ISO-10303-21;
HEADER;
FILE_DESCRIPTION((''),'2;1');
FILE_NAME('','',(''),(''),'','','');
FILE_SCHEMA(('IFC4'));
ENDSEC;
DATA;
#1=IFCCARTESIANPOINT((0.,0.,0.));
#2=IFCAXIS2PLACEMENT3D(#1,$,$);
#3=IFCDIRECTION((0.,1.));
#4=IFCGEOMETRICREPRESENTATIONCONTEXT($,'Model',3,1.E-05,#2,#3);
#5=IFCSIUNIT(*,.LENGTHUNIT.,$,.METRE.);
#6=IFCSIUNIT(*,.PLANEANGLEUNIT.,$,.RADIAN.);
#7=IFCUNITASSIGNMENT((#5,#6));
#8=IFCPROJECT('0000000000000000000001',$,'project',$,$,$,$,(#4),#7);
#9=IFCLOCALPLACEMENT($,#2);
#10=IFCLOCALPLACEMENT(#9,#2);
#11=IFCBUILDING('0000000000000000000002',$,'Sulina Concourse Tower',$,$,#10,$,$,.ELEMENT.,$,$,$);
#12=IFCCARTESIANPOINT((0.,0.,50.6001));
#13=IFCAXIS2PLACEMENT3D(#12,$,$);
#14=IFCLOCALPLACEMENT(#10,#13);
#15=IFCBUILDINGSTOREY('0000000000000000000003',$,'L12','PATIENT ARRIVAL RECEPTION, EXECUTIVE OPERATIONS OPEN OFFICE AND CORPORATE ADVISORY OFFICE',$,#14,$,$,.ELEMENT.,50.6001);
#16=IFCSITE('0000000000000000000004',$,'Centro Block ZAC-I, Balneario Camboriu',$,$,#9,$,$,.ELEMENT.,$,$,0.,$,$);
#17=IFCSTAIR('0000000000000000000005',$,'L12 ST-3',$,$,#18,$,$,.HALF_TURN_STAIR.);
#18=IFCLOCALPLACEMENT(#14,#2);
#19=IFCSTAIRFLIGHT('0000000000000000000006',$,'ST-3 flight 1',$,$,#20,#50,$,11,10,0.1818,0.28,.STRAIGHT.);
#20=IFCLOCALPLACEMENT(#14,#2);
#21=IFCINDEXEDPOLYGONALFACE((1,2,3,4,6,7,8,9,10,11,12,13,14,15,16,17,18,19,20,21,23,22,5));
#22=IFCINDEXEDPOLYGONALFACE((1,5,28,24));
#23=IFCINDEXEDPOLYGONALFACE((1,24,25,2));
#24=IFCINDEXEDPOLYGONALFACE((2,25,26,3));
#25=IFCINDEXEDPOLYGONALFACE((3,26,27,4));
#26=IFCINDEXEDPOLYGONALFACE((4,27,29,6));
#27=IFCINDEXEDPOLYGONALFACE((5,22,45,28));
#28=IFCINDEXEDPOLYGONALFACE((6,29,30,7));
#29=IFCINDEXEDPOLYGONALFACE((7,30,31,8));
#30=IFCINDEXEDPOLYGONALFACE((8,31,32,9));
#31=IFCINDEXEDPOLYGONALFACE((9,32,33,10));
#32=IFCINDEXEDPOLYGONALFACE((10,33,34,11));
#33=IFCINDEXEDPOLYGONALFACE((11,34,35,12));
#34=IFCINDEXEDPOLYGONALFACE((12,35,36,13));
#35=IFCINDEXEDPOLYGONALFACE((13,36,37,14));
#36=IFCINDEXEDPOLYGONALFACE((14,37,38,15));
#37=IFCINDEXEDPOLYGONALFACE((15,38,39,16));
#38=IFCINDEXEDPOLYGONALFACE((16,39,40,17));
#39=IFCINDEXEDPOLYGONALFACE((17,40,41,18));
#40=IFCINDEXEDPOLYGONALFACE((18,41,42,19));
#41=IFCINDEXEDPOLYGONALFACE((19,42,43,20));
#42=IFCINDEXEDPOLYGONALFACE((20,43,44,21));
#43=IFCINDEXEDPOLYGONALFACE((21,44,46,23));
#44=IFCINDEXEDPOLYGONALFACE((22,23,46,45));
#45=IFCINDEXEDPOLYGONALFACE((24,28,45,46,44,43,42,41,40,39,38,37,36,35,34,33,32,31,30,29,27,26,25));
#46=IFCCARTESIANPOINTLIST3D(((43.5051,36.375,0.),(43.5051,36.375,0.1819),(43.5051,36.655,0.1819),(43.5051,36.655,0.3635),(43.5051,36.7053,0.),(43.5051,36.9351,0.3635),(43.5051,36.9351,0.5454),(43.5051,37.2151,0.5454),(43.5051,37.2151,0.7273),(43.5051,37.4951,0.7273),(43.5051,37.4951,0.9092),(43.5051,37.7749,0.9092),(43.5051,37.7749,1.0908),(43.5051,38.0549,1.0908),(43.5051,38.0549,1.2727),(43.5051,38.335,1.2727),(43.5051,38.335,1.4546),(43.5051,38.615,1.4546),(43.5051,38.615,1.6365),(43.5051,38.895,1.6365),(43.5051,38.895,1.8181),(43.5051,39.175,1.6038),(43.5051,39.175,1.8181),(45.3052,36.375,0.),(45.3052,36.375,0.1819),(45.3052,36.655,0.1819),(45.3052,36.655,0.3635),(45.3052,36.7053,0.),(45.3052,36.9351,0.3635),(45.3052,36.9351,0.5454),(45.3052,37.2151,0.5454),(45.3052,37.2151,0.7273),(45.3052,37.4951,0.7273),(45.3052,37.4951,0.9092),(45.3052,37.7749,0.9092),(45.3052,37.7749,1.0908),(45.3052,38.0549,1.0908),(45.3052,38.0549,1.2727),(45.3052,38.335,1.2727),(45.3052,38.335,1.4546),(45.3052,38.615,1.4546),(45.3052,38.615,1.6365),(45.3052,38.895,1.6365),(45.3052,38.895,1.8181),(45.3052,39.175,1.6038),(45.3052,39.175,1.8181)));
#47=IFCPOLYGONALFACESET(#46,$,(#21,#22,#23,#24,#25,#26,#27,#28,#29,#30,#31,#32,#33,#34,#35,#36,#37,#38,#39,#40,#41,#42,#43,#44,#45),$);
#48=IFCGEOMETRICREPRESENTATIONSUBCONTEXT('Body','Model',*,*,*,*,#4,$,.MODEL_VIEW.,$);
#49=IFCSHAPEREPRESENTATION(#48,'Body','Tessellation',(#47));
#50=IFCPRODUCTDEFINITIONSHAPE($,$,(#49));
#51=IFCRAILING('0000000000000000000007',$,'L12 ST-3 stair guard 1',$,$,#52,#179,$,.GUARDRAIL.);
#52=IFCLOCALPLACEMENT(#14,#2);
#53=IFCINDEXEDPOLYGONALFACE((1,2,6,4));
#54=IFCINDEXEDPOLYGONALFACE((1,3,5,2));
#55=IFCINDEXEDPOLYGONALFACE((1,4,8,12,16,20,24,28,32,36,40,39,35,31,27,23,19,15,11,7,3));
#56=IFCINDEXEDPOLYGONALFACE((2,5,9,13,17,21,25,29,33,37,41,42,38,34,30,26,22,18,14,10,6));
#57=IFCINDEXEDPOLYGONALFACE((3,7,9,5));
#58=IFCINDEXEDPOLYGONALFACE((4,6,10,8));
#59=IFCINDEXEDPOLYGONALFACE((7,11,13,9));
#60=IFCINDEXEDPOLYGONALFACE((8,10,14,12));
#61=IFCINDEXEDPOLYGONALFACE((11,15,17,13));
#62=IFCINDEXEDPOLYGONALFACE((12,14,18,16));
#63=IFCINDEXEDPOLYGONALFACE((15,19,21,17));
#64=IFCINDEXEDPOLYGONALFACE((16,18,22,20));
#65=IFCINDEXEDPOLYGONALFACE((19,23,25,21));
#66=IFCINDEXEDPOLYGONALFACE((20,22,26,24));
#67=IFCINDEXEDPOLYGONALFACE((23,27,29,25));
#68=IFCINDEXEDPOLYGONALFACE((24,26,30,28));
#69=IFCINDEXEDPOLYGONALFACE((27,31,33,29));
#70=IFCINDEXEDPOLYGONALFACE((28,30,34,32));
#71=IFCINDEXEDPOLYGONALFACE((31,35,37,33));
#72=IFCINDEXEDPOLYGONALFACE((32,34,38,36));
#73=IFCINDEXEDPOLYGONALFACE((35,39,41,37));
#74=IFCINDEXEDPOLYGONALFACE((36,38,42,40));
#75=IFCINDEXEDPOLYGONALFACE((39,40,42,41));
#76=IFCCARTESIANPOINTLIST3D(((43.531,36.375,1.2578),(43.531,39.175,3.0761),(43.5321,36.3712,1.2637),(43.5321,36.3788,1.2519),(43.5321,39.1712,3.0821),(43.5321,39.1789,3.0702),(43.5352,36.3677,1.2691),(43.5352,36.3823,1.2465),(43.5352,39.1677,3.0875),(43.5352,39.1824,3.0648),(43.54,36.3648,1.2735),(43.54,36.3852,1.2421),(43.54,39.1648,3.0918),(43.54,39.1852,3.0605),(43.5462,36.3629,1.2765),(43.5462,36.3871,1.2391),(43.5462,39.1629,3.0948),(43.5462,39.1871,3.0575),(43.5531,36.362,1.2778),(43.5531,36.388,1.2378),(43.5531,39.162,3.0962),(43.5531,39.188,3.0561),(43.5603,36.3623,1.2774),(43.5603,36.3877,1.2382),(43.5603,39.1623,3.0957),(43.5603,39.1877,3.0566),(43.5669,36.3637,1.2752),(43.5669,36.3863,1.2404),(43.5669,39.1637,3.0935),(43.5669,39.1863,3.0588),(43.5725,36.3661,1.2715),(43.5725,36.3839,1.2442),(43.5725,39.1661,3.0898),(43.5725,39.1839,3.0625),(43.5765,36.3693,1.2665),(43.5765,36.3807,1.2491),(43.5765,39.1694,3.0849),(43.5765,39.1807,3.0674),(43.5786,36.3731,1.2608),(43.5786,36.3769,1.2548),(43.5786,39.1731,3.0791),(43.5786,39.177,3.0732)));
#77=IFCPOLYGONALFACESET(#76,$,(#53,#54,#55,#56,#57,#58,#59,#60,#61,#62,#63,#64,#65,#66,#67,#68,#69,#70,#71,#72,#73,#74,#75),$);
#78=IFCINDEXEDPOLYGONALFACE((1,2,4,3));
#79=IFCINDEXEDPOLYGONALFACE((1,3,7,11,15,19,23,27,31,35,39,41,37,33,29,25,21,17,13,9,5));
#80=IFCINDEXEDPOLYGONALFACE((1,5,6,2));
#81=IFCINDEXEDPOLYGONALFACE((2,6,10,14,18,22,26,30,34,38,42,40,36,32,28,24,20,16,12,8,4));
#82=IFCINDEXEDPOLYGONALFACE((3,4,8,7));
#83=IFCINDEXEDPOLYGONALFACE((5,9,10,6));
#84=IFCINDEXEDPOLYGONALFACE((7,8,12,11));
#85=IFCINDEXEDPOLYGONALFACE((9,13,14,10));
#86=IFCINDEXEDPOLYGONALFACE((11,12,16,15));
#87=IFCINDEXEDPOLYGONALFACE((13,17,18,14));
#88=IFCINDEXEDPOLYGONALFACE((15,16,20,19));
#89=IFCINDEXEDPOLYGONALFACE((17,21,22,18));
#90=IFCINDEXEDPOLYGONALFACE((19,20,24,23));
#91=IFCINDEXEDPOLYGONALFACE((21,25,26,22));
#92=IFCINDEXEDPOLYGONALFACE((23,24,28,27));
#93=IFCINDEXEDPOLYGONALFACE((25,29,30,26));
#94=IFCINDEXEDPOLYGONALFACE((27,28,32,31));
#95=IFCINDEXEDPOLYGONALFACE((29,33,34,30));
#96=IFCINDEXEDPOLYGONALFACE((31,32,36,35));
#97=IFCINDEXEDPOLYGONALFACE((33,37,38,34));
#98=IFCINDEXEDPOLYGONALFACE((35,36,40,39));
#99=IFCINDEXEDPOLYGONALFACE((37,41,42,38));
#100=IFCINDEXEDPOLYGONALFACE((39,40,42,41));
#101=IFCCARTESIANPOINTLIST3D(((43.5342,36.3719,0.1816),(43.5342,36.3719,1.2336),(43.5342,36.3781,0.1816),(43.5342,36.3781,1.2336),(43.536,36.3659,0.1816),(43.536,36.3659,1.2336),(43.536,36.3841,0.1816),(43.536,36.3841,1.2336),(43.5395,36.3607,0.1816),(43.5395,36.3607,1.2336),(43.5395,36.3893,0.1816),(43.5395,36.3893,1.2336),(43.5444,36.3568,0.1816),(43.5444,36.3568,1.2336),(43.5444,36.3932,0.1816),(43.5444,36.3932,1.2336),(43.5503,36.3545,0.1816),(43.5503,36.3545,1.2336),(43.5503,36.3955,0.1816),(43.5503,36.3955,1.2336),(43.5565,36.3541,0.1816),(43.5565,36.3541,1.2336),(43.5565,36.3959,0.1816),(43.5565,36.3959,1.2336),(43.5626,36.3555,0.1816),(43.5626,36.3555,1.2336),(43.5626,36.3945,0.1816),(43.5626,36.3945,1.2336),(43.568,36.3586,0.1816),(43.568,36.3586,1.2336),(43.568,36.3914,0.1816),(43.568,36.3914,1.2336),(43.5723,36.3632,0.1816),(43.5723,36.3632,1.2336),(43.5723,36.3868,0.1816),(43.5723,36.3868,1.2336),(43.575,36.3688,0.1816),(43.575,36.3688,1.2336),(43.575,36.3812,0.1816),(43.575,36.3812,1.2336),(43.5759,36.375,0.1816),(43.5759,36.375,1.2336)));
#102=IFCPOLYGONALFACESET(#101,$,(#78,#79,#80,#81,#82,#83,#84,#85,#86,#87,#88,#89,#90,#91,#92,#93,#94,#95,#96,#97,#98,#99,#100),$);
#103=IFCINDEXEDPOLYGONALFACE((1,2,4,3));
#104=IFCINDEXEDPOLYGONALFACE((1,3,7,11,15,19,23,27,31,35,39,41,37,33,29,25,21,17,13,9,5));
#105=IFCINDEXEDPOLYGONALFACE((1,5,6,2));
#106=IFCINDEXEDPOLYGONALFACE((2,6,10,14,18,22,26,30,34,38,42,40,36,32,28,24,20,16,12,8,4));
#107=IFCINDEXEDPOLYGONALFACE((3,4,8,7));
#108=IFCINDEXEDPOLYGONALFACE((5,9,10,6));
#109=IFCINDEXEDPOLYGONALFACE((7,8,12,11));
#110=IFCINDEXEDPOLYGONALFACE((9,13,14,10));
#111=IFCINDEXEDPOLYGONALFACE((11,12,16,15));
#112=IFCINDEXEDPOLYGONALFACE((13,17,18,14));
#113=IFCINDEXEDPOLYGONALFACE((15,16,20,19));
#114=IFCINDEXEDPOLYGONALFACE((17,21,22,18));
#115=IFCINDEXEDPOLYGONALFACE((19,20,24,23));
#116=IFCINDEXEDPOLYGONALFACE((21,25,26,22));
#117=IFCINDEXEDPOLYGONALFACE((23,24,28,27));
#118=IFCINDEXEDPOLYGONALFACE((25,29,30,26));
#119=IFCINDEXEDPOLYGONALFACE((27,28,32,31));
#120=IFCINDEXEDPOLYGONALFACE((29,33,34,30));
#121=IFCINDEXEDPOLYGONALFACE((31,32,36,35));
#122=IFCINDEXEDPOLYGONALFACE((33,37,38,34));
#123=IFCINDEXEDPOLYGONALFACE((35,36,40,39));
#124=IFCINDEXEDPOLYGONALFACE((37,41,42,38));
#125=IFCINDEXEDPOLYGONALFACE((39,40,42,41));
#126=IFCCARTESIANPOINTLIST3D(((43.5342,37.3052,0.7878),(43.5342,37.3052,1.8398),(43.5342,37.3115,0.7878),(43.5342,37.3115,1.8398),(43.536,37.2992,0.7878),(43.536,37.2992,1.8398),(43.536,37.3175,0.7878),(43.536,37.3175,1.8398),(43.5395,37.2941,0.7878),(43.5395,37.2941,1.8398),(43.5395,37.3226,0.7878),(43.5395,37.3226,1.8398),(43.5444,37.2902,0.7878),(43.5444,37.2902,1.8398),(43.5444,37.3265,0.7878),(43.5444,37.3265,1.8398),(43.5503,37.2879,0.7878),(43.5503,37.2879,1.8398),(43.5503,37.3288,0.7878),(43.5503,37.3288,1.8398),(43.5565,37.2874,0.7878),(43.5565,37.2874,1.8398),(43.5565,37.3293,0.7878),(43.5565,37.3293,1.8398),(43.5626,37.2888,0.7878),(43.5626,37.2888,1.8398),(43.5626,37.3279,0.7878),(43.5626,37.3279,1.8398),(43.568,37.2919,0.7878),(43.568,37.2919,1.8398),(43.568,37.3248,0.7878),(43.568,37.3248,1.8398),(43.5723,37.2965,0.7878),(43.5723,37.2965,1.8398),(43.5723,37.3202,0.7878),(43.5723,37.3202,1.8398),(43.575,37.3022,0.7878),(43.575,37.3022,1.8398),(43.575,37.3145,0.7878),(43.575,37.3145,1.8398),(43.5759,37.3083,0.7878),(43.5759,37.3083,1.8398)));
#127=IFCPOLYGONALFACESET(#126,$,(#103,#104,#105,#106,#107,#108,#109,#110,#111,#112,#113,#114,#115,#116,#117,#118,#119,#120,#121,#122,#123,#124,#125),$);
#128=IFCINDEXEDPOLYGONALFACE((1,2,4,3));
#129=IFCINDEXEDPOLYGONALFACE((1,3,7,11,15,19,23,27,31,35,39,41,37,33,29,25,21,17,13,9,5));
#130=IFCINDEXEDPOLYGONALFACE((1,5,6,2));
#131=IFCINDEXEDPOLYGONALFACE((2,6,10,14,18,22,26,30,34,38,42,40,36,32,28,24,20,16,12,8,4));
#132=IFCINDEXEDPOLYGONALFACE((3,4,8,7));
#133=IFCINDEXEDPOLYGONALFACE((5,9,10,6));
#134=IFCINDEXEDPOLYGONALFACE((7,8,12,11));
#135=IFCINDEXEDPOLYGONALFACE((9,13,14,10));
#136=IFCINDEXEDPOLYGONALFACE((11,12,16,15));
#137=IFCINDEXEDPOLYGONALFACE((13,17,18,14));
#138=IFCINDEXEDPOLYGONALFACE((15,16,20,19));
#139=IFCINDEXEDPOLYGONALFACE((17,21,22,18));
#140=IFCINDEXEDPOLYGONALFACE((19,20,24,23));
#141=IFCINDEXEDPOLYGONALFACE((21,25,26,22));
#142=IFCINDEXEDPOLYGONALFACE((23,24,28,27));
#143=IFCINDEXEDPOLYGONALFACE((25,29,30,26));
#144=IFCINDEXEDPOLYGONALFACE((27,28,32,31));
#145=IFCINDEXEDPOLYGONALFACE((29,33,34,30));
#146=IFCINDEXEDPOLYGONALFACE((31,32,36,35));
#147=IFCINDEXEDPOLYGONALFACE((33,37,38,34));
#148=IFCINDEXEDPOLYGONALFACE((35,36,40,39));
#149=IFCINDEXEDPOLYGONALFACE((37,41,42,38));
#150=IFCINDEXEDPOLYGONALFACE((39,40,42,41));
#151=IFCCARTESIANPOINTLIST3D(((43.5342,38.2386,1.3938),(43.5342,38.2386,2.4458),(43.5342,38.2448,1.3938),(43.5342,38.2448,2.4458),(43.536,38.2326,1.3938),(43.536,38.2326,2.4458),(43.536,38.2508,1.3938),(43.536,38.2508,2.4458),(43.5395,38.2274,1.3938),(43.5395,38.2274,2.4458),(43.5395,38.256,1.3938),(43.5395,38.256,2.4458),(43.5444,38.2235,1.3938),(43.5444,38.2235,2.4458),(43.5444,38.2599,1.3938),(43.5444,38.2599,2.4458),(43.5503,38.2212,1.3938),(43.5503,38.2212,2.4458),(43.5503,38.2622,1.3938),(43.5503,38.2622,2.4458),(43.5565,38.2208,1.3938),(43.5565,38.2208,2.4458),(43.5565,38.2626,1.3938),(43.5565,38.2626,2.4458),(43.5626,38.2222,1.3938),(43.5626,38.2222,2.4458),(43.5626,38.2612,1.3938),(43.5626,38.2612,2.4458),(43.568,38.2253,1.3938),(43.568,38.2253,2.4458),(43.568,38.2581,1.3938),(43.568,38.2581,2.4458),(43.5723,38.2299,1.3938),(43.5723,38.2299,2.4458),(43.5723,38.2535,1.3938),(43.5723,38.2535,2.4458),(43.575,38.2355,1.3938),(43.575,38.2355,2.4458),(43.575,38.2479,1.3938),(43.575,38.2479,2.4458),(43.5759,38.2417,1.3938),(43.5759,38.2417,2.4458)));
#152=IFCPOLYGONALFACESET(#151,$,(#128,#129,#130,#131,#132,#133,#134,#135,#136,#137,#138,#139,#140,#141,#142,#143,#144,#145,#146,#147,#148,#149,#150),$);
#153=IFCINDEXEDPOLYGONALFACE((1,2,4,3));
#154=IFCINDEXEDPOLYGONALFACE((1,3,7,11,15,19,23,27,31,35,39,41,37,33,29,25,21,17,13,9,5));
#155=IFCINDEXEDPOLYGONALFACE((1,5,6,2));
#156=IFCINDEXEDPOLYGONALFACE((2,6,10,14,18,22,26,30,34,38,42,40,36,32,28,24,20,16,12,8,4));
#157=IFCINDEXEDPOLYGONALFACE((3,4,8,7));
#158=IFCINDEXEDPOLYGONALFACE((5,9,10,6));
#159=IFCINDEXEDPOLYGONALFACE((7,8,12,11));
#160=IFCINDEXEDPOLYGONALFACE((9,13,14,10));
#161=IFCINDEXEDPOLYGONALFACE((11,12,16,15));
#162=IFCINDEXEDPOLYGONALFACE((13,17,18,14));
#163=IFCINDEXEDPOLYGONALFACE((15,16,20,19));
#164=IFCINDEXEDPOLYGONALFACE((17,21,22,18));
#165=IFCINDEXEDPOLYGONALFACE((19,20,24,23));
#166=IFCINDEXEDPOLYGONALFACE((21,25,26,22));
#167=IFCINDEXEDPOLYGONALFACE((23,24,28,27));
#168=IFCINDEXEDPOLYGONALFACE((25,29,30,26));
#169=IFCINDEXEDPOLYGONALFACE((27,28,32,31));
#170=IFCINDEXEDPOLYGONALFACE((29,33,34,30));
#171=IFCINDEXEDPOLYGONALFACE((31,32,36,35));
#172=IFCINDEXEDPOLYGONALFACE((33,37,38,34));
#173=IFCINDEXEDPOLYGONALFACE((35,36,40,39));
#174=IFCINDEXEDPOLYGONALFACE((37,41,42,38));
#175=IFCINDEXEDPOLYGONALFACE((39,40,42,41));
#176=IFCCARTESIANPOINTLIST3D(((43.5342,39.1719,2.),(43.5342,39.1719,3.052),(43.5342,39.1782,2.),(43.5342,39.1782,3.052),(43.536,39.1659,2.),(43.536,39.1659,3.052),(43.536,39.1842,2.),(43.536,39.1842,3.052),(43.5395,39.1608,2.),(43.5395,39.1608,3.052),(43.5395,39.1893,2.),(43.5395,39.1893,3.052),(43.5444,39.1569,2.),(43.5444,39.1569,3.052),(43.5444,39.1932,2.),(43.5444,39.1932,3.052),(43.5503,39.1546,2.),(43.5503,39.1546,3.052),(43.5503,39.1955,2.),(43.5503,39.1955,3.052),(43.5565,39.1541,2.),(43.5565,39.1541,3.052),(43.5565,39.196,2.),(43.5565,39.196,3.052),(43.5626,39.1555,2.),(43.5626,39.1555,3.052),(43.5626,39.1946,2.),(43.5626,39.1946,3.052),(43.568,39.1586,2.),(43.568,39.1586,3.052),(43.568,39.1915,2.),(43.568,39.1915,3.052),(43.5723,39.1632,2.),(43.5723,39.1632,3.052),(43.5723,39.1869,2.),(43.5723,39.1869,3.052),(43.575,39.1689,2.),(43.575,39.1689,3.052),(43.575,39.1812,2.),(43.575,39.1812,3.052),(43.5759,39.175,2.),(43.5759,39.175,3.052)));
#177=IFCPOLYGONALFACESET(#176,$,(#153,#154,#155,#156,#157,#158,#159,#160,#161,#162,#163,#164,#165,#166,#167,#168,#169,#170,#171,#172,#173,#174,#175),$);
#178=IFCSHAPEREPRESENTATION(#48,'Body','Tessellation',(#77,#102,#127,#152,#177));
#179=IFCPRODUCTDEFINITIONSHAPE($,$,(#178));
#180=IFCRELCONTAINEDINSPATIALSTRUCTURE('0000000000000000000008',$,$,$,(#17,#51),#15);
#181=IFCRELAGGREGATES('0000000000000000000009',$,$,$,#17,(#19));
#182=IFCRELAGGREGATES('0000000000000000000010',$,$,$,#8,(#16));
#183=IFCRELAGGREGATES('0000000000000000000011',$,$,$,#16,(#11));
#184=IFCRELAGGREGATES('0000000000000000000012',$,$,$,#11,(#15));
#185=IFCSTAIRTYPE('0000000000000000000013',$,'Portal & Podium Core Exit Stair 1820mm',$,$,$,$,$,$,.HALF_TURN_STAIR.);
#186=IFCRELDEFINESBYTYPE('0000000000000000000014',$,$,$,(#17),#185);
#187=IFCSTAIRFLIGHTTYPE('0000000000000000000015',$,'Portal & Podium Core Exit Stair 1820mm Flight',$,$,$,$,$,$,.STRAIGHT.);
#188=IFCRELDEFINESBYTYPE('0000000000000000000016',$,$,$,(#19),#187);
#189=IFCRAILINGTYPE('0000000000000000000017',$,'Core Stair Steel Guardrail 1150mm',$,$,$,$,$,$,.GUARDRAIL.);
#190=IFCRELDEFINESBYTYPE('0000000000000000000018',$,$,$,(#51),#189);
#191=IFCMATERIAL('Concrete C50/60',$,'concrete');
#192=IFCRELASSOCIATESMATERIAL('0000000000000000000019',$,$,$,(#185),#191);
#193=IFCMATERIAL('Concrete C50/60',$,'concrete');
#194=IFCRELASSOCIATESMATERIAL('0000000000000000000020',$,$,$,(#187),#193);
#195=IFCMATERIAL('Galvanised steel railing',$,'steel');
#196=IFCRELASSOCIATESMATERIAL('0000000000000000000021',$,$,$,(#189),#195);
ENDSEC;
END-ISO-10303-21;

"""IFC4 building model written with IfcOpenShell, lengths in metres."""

from ifc_helpers import new_model, si_unit, direction, frame, origin, origin_2d, place, context, subcontext, project, spatial, polyline, circle, outline, extrude, material, type_object, element, aggregate, save


model = new_model("IFC4")

# Units and contexts
model_context = context("Model", 3, precision=1e-05, world=origin(), true_north=direction((0.0, 1.0)))
body_context = subcontext(model_context, "Body", "Model", "MODEL_VIEW")
ifc_project = project(units=[si_unit("LENGTHUNIT", "METRE"), si_unit("PLANEANGLEUNIT", "RADIAN")], contexts=[model_context])

# Site, building, storey
site_placement = place(None, origin())
site = spatial("IfcSite", under=ifc_project, at=site_placement, Name="Centro Block ZAC-I, Balneario Camboriu", CompositionType="ELEMENT", RefElevation=0.0)
building_placement = place(site_placement, origin())
building = spatial("IfcBuilding", under=site, at=building_placement, Name="Sulina Concourse Tower", CompositionType="ELEMENT")
storey_placement = place(building_placement, frame((0.0, 0.0, 50.6001)))
storey = spatial("IfcBuildingStorey", under=building, at=storey_placement, Name="L12", Description="PATIENT ARRIVAL RECEPTION, EXECUTIVE OPERATIONS OPEN OFFICE AND CORPORATE ADVISORY OFFICE", CompositionType="ELEMENT", Elevation=50.6001)

# Stair, stair flight
ifc_material_1 = material(Name="Concrete C50/60", Category="concrete")
stair_type = type_object("IfcStairType", Name="Portal & Podium Core Exit Stair 1820mm", PredefinedType="HALF_TURN_STAIR", material=ifc_material_1)
stair_placement = place(storey_placement, origin())
stair = element("IfcStair", 1, at=stair_placement, inside=storey, type_object=stair_type, Name="L12 ST-3", PredefinedType="HALF_TURN_STAIR")
ifc_material_2 = material(Name="Concrete C50/60", Category="concrete")
stair_flight_type = type_object("IfcStairFlightType", Name="Portal & Podium Core Exit Stair 1820mm Flight", PredefinedType="STRAIGHT", material=ifc_material_2)
stair_flight_placement = place(storey_placement, frame((44.405, 36.375, 0.0), z_axis=(0.0, 0.0, 1.0), x_axis=(0.0, 1.0, 0.0)))
stair_flight = element("IfcStairFlight", 2, at=stair_flight_placement, type_object=stair_flight_type, Name="ST-3 flight 1", NumberOfRisers=11, NumberOfTreads=10, PredefinedType="STRAIGHT", RiserHeight=0.1818, TreadLength=0.28, context=body_context, shape_type="SweptSolid", body=[
    extrude(outline(polyline([(0.0, 0.0), (0.0, 0.1819), (0.28, 0.1819), (0.28, 0.3635), (0.5601, 0.3635), (0.5601, 0.5454), (0.8401, 0.5454), (0.8401, 0.7273), (1.1201, 0.7273), (1.1201, 0.9092), (1.3999, 0.9092), (1.3999, 1.0908), (1.6799, 1.0908), (1.6799, 1.2727), (1.96, 1.2727), (1.96, 1.4546), (2.24, 1.4546), (2.24, 1.6365), (2.52, 1.6365), (2.52, 1.8181), (2.8, 1.8181), (2.8, 2.0), (2.8, 1.6038), (0.3303, 0.0), (0.0, 0.0)])), frame((0.0, 0.8999, 0.0), z_axis=(0.0, -1.0, 0.0), x_axis=(1.0, 0.0, 0.0)), (0.0, 0.0, 1.0), 1.8),
])
aggregate(stair, [stair_flight])

# Railing
ifc_material_3 = material(Name="Galvanised steel railing", Category="steel")
railing_type = type_object("IfcRailingType", Name="Core Stair Steel Guardrail 1150mm", PredefinedType="GUARDRAIL", material=ifc_material_3)
railing_1_placement = place(storey_placement, frame((43.5549, 36.375, 0.1816)))
element("IfcRailing", 3, at=railing_1_placement, inside=storey, type_object=railing_type, Name="L12 ST-3 stair guard 1", PredefinedType="GUARDRAIL", context=body_context, shape_type="SweptSolid", body=[
    extrude(circle(Radius=0.0239, at=origin_2d()), frame((0.0, 0.0, 1.0762), z_axis=(0.0, 0.838672, 0.544636), x_axis=(-1.0, 0.0, 0.0)), (0.0, 0.0, 1.0), 3.3386),
    extrude(circle(Radius=0.021, at=origin_2d()), origin(), (0.0, 0.0, 1.0), 1.052),
    extrude(circle(Radius=0.021, at=origin_2d()), frame((0.0, 0.9333, 0.6062)), (0.0, 0.0, 1.0), 1.052),
    extrude(circle(Radius=0.021, at=origin_2d()), frame((0.0, 1.8667, 1.2122)), (0.0, 0.0, 1.0), 1.052),
    extrude(circle(Radius=0.021, at=origin_2d()), frame((0.0, 2.8, 1.8184)), (0.0, 0.0, 1.0), 1.052),
])

save(model, "model.ifc")
